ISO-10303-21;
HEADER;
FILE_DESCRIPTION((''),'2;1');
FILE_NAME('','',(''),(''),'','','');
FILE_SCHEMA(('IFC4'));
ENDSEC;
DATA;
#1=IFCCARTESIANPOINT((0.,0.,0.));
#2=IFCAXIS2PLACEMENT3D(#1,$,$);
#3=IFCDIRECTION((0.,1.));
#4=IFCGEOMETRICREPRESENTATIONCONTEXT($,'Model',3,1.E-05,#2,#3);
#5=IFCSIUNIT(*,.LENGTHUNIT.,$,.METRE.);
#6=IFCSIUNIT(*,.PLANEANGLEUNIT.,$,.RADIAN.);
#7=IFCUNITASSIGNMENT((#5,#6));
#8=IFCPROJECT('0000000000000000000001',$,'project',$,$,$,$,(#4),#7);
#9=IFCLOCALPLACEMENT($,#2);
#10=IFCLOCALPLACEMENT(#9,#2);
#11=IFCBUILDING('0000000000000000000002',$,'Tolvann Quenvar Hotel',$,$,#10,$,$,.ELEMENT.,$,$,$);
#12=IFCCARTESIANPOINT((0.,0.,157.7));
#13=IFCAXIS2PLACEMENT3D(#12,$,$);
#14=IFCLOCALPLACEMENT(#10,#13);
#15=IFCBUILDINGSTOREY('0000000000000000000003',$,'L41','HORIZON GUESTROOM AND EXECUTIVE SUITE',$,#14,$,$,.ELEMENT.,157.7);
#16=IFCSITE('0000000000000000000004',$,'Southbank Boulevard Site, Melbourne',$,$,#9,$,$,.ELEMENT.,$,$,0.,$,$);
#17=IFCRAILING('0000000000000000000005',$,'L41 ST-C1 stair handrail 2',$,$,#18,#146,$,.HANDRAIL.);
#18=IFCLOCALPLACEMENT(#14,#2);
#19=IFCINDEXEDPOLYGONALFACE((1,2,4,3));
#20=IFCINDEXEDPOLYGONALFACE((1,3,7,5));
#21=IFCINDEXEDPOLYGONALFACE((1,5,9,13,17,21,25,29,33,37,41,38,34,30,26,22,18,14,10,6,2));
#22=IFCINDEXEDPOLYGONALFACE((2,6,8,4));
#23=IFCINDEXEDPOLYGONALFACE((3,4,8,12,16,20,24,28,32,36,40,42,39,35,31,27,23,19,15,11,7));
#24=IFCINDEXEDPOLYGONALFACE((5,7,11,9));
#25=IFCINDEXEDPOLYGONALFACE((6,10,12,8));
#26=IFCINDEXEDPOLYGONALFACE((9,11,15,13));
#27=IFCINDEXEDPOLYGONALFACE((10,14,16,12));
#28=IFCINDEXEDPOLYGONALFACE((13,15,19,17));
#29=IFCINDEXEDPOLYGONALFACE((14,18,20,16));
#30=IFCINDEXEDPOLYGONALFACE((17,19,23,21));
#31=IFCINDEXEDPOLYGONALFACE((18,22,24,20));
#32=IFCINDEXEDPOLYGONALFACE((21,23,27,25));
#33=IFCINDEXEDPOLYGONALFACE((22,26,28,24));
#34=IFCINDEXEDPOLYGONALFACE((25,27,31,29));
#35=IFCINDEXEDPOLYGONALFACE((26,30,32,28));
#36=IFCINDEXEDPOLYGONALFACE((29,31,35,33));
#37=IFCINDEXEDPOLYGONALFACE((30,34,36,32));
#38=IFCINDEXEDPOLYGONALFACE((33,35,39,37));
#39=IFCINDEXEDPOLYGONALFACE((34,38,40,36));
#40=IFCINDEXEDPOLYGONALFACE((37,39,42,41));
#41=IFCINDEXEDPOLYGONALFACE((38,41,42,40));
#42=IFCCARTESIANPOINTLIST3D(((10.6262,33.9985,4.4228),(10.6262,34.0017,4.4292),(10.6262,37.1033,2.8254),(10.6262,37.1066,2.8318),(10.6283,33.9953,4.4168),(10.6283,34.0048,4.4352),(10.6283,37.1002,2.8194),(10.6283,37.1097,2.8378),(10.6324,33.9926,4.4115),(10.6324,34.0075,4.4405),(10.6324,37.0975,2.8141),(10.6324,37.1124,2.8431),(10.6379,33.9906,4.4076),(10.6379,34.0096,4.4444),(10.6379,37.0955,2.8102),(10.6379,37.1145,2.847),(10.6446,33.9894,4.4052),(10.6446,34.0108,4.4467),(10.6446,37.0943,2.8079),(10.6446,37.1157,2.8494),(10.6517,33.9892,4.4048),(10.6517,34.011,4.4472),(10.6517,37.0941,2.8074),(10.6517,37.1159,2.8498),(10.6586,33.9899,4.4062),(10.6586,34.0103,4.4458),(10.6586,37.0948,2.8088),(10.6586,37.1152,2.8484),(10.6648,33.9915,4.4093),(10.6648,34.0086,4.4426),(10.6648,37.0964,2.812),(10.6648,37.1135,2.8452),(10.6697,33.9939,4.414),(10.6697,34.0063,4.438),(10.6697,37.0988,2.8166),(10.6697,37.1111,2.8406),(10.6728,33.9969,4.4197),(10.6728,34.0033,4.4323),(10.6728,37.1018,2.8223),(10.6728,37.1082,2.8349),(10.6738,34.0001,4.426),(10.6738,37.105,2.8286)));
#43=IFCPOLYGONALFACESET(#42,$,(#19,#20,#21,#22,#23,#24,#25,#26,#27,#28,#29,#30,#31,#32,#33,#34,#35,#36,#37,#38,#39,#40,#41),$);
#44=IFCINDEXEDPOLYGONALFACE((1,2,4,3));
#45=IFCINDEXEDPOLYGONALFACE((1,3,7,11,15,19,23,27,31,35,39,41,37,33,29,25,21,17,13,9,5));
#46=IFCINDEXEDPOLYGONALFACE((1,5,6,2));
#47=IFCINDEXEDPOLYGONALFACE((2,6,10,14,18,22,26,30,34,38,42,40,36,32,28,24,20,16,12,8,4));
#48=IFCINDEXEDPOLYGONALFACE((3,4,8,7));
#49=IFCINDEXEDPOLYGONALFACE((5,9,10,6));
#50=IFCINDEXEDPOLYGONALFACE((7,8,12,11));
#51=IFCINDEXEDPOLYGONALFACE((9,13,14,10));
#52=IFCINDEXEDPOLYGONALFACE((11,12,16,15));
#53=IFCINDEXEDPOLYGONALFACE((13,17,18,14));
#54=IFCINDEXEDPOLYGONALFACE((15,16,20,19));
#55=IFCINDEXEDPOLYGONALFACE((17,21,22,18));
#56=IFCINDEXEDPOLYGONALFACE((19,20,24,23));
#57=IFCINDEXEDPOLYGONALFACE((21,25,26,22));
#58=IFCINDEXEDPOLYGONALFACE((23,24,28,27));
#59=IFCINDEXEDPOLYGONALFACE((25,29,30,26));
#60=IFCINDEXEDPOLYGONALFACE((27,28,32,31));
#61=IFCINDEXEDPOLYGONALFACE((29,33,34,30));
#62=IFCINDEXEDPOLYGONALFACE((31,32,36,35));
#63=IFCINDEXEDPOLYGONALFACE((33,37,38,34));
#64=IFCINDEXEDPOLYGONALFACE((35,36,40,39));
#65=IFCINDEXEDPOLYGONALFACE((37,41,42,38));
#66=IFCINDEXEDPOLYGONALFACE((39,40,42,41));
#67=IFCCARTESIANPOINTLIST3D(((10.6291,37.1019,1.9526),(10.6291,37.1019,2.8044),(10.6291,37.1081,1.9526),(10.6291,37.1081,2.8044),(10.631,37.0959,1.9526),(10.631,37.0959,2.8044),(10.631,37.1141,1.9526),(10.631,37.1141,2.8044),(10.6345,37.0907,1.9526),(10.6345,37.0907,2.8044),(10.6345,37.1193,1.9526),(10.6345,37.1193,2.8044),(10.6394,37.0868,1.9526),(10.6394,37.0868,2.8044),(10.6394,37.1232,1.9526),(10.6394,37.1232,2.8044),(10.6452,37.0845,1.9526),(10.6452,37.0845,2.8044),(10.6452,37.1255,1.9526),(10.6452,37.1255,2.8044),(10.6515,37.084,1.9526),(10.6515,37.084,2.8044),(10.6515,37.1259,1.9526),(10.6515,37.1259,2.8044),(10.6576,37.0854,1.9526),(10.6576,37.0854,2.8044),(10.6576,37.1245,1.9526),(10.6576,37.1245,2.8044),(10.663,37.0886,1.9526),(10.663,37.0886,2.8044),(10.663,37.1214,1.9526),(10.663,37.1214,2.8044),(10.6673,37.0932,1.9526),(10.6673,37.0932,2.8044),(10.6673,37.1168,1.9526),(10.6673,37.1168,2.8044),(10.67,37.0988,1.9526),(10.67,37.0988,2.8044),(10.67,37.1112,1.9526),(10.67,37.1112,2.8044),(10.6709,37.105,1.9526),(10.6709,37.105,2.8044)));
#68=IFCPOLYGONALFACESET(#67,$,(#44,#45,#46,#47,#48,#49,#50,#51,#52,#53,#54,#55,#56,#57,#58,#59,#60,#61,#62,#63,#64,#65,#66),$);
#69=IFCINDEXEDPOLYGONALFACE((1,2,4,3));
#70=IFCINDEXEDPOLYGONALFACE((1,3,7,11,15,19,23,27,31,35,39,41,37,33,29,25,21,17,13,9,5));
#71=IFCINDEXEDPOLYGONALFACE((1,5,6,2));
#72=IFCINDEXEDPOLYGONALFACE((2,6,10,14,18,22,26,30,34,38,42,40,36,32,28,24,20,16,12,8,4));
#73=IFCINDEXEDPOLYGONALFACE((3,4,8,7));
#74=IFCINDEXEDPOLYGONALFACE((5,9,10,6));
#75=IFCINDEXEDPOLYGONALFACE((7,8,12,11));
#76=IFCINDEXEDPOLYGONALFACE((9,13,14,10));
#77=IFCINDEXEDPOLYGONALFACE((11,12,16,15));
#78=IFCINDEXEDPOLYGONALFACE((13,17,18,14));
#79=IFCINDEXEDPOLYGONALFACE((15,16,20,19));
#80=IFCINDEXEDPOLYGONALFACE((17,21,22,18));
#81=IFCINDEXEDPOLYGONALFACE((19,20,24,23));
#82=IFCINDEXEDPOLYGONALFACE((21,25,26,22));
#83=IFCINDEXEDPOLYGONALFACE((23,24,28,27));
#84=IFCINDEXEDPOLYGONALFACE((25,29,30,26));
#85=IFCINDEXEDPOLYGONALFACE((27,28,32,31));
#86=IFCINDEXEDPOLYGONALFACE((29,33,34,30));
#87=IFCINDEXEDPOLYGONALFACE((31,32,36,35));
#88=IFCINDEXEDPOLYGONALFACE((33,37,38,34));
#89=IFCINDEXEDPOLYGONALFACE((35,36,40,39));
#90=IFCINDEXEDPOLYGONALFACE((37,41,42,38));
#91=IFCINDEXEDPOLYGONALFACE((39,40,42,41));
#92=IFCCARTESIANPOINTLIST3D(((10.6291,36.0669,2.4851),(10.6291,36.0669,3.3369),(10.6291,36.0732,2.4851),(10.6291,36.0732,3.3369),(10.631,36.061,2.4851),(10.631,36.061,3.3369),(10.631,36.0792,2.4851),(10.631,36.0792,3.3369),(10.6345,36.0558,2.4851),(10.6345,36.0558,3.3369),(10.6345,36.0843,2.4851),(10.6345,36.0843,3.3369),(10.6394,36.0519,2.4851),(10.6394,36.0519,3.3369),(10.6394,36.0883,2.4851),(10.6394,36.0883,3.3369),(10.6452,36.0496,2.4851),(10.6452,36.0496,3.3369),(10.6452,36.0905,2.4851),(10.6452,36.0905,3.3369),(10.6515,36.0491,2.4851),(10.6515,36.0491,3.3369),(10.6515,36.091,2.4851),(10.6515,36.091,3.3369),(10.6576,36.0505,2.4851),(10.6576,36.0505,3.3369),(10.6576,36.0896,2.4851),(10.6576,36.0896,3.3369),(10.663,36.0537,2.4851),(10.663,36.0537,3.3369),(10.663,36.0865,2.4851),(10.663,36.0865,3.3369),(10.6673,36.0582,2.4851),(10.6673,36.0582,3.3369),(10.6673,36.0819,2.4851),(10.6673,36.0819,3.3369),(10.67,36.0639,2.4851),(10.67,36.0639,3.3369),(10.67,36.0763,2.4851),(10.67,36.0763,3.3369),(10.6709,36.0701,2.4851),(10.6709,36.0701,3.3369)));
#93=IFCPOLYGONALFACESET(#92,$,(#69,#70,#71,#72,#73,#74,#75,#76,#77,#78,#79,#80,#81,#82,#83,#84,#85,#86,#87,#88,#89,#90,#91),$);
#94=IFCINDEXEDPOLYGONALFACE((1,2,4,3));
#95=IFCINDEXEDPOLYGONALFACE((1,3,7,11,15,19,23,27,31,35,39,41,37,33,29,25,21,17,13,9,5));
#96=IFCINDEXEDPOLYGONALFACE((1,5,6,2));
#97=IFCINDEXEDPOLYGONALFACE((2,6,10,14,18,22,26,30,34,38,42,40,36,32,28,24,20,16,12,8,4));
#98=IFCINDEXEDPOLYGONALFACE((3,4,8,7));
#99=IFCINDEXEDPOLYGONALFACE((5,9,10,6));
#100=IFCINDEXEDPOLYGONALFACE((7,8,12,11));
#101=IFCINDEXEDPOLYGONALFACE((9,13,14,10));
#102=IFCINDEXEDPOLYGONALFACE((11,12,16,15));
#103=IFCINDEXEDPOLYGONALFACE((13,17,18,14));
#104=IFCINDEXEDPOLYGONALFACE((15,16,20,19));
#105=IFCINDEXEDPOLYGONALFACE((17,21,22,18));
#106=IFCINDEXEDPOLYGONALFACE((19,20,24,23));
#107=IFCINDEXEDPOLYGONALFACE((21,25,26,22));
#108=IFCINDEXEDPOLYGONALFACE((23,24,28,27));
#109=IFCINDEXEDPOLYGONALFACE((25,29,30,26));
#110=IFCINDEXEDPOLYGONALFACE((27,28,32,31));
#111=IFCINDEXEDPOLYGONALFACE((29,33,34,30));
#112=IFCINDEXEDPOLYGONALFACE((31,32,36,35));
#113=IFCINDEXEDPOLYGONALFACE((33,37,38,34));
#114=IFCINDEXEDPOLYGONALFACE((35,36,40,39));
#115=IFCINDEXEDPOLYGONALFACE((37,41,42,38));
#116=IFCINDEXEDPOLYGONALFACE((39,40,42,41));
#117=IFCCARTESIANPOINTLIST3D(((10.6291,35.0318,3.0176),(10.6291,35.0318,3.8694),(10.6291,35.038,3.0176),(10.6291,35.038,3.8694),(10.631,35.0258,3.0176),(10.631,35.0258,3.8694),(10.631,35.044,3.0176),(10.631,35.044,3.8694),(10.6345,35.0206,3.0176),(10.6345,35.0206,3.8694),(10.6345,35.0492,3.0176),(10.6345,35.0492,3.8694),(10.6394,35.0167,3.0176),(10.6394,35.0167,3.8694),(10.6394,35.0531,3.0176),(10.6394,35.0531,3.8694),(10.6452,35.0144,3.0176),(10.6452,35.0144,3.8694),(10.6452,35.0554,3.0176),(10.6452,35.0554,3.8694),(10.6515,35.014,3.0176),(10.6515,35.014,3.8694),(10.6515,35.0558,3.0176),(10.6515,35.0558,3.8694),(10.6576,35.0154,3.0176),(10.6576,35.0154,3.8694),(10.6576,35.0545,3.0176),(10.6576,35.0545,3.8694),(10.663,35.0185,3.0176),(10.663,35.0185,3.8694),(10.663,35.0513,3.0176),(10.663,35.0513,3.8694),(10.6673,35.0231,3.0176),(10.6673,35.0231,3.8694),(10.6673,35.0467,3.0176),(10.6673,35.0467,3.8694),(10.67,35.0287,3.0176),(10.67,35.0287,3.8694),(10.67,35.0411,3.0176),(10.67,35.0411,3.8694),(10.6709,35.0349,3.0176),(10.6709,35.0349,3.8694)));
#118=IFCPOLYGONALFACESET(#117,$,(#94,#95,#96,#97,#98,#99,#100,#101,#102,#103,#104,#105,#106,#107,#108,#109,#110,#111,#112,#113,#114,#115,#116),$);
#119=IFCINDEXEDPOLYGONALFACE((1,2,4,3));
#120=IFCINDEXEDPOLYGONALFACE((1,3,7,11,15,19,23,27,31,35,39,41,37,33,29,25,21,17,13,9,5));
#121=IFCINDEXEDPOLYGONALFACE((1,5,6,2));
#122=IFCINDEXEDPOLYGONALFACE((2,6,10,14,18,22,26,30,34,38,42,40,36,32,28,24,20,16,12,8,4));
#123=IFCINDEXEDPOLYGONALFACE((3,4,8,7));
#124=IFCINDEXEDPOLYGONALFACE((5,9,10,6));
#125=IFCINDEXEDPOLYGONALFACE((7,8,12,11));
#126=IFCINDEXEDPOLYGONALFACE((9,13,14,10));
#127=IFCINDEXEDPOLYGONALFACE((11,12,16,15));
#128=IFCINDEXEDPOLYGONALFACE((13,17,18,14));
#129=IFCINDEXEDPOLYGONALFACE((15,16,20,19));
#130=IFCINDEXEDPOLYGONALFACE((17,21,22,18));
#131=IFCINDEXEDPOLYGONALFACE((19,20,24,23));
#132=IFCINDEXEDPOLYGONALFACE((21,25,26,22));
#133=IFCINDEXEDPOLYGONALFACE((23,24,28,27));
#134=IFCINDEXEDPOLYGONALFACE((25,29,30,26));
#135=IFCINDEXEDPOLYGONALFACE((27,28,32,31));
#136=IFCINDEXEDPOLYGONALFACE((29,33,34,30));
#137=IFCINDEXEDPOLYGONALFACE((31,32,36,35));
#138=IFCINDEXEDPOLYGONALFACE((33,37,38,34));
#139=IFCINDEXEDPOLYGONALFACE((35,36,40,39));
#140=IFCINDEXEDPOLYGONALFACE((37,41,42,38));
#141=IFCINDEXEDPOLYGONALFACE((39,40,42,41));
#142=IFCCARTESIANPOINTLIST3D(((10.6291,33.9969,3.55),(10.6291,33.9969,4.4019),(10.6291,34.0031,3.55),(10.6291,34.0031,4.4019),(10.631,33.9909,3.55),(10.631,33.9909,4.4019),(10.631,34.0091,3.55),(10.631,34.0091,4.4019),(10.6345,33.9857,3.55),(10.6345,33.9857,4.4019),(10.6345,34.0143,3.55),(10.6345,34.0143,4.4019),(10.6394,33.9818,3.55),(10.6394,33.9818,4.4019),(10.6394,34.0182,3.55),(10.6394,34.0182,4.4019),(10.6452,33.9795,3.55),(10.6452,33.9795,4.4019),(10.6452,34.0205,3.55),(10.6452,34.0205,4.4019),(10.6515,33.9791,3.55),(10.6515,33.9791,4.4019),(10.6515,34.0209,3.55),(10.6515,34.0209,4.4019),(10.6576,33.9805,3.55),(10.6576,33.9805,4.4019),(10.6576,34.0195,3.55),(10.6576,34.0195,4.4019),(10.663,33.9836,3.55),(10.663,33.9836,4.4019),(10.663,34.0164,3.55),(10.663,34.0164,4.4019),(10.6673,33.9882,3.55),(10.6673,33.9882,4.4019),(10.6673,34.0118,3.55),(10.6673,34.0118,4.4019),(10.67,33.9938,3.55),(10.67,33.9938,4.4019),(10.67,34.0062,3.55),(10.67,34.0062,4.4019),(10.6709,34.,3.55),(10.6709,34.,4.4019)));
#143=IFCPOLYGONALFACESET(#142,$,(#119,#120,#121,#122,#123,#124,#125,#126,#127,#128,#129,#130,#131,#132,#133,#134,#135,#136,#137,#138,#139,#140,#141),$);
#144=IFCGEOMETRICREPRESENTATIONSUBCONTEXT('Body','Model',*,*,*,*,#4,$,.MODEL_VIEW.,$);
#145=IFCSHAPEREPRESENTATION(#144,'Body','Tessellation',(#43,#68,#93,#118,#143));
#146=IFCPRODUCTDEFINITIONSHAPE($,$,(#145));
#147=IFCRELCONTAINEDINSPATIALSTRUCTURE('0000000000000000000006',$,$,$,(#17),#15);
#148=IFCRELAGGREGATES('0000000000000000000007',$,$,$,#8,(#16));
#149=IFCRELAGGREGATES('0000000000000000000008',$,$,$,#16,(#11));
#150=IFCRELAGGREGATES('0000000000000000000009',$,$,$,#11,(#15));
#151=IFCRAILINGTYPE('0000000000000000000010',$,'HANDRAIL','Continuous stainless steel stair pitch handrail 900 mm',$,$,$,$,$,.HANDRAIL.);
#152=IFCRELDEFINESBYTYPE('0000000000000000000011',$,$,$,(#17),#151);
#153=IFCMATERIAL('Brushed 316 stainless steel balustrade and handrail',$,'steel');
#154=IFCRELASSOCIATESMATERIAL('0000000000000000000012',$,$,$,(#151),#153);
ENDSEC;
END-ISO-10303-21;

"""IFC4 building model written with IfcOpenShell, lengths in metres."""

from ifc_helpers import new_model, si_unit, direction, frame, origin, origin_2d, place, context, subcontext, project, spatial, circle, extrude, material, type_object, element, save


model = new_model("IFC4")

# Units and contexts
model_context = context("Model", 3, precision=1e-05, world=origin(), true_north=direction((0.0, 1.0)))
body_context = subcontext(model_context, "Body", "Model", "MODEL_VIEW")
ifc_project = project(units=[si_unit("LENGTHUNIT", "METRE"), si_unit("PLANEANGLEUNIT", "RADIAN")], contexts=[model_context])

# Site, building, storey
site_placement = place(None, origin())
site = spatial("IfcSite", under=ifc_project, at=site_placement, Name="Southbank Boulevard Site, Melbourne", CompositionType="ELEMENT", RefElevation=0.0)
building_placement = place(site_placement, origin())
building = spatial("IfcBuilding", under=site, at=building_placement, Name="Tolvann Quenvar Hotel", CompositionType="ELEMENT")
storey_placement = place(building_placement, frame((0.0, 0.0, 157.7)))
storey = spatial("IfcBuildingStorey", under=building, at=storey_placement, Name="L41", Description="HORIZON GUESTROOM AND EXECUTIVE SUITE", CompositionType="ELEMENT", Elevation=157.7)

# Railing
ifc_material_1 = material(Name="Brushed 316 stainless steel balustrade and handrail", Category="steel")
railing_type_1 = type_object("IfcRailingType", Name="HANDRAIL", Description="Continuous stainless steel stair pitch handrail 900 mm", PredefinedType="HANDRAIL", material=ifc_material_1)
railing_1_placement = place(storey_placement, frame((10.6499, 37.105, 1.9526)))
element("IfcRailing", 1, at=railing_1_placement, inside=storey, type_object=railing_type_1, Name="L41 ST-C1 stair handrail 2", PredefinedType="HANDRAIL", context=body_context, shape_type="SweptSolid", body=[
    extrude(circle(Radius=0.0239, at=origin_2d()), frame((0.0, 0.0, 0.876), z_axis=(0.0, -0.889222, 0.457476), x_axis=(1.0, 0.0, 0.0)), (0.0, 0.0, 1.0), 3.4917),
    extrude(circle(Radius=0.021, at=origin_2d()), origin(), (0.0, 0.0, 1.0), 0.8518),
    extrude(circle(Radius=0.021, at=origin_2d()), frame((0.0, -1.0349, 0.5325)), (0.0, 0.0, 1.0), 0.8518),
    extrude(circle(Radius=0.021, at=origin_2d()), frame((0.0, -2.0701, 1.0649)), (0.0, 0.0, 1.0), 0.8518),
    extrude(circle(Radius=0.021, at=origin_2d()), frame((0.0, -3.105, 1.5974)), (0.0, 0.0, 1.0), 0.8518),
])

save(model, "model.ifc")
